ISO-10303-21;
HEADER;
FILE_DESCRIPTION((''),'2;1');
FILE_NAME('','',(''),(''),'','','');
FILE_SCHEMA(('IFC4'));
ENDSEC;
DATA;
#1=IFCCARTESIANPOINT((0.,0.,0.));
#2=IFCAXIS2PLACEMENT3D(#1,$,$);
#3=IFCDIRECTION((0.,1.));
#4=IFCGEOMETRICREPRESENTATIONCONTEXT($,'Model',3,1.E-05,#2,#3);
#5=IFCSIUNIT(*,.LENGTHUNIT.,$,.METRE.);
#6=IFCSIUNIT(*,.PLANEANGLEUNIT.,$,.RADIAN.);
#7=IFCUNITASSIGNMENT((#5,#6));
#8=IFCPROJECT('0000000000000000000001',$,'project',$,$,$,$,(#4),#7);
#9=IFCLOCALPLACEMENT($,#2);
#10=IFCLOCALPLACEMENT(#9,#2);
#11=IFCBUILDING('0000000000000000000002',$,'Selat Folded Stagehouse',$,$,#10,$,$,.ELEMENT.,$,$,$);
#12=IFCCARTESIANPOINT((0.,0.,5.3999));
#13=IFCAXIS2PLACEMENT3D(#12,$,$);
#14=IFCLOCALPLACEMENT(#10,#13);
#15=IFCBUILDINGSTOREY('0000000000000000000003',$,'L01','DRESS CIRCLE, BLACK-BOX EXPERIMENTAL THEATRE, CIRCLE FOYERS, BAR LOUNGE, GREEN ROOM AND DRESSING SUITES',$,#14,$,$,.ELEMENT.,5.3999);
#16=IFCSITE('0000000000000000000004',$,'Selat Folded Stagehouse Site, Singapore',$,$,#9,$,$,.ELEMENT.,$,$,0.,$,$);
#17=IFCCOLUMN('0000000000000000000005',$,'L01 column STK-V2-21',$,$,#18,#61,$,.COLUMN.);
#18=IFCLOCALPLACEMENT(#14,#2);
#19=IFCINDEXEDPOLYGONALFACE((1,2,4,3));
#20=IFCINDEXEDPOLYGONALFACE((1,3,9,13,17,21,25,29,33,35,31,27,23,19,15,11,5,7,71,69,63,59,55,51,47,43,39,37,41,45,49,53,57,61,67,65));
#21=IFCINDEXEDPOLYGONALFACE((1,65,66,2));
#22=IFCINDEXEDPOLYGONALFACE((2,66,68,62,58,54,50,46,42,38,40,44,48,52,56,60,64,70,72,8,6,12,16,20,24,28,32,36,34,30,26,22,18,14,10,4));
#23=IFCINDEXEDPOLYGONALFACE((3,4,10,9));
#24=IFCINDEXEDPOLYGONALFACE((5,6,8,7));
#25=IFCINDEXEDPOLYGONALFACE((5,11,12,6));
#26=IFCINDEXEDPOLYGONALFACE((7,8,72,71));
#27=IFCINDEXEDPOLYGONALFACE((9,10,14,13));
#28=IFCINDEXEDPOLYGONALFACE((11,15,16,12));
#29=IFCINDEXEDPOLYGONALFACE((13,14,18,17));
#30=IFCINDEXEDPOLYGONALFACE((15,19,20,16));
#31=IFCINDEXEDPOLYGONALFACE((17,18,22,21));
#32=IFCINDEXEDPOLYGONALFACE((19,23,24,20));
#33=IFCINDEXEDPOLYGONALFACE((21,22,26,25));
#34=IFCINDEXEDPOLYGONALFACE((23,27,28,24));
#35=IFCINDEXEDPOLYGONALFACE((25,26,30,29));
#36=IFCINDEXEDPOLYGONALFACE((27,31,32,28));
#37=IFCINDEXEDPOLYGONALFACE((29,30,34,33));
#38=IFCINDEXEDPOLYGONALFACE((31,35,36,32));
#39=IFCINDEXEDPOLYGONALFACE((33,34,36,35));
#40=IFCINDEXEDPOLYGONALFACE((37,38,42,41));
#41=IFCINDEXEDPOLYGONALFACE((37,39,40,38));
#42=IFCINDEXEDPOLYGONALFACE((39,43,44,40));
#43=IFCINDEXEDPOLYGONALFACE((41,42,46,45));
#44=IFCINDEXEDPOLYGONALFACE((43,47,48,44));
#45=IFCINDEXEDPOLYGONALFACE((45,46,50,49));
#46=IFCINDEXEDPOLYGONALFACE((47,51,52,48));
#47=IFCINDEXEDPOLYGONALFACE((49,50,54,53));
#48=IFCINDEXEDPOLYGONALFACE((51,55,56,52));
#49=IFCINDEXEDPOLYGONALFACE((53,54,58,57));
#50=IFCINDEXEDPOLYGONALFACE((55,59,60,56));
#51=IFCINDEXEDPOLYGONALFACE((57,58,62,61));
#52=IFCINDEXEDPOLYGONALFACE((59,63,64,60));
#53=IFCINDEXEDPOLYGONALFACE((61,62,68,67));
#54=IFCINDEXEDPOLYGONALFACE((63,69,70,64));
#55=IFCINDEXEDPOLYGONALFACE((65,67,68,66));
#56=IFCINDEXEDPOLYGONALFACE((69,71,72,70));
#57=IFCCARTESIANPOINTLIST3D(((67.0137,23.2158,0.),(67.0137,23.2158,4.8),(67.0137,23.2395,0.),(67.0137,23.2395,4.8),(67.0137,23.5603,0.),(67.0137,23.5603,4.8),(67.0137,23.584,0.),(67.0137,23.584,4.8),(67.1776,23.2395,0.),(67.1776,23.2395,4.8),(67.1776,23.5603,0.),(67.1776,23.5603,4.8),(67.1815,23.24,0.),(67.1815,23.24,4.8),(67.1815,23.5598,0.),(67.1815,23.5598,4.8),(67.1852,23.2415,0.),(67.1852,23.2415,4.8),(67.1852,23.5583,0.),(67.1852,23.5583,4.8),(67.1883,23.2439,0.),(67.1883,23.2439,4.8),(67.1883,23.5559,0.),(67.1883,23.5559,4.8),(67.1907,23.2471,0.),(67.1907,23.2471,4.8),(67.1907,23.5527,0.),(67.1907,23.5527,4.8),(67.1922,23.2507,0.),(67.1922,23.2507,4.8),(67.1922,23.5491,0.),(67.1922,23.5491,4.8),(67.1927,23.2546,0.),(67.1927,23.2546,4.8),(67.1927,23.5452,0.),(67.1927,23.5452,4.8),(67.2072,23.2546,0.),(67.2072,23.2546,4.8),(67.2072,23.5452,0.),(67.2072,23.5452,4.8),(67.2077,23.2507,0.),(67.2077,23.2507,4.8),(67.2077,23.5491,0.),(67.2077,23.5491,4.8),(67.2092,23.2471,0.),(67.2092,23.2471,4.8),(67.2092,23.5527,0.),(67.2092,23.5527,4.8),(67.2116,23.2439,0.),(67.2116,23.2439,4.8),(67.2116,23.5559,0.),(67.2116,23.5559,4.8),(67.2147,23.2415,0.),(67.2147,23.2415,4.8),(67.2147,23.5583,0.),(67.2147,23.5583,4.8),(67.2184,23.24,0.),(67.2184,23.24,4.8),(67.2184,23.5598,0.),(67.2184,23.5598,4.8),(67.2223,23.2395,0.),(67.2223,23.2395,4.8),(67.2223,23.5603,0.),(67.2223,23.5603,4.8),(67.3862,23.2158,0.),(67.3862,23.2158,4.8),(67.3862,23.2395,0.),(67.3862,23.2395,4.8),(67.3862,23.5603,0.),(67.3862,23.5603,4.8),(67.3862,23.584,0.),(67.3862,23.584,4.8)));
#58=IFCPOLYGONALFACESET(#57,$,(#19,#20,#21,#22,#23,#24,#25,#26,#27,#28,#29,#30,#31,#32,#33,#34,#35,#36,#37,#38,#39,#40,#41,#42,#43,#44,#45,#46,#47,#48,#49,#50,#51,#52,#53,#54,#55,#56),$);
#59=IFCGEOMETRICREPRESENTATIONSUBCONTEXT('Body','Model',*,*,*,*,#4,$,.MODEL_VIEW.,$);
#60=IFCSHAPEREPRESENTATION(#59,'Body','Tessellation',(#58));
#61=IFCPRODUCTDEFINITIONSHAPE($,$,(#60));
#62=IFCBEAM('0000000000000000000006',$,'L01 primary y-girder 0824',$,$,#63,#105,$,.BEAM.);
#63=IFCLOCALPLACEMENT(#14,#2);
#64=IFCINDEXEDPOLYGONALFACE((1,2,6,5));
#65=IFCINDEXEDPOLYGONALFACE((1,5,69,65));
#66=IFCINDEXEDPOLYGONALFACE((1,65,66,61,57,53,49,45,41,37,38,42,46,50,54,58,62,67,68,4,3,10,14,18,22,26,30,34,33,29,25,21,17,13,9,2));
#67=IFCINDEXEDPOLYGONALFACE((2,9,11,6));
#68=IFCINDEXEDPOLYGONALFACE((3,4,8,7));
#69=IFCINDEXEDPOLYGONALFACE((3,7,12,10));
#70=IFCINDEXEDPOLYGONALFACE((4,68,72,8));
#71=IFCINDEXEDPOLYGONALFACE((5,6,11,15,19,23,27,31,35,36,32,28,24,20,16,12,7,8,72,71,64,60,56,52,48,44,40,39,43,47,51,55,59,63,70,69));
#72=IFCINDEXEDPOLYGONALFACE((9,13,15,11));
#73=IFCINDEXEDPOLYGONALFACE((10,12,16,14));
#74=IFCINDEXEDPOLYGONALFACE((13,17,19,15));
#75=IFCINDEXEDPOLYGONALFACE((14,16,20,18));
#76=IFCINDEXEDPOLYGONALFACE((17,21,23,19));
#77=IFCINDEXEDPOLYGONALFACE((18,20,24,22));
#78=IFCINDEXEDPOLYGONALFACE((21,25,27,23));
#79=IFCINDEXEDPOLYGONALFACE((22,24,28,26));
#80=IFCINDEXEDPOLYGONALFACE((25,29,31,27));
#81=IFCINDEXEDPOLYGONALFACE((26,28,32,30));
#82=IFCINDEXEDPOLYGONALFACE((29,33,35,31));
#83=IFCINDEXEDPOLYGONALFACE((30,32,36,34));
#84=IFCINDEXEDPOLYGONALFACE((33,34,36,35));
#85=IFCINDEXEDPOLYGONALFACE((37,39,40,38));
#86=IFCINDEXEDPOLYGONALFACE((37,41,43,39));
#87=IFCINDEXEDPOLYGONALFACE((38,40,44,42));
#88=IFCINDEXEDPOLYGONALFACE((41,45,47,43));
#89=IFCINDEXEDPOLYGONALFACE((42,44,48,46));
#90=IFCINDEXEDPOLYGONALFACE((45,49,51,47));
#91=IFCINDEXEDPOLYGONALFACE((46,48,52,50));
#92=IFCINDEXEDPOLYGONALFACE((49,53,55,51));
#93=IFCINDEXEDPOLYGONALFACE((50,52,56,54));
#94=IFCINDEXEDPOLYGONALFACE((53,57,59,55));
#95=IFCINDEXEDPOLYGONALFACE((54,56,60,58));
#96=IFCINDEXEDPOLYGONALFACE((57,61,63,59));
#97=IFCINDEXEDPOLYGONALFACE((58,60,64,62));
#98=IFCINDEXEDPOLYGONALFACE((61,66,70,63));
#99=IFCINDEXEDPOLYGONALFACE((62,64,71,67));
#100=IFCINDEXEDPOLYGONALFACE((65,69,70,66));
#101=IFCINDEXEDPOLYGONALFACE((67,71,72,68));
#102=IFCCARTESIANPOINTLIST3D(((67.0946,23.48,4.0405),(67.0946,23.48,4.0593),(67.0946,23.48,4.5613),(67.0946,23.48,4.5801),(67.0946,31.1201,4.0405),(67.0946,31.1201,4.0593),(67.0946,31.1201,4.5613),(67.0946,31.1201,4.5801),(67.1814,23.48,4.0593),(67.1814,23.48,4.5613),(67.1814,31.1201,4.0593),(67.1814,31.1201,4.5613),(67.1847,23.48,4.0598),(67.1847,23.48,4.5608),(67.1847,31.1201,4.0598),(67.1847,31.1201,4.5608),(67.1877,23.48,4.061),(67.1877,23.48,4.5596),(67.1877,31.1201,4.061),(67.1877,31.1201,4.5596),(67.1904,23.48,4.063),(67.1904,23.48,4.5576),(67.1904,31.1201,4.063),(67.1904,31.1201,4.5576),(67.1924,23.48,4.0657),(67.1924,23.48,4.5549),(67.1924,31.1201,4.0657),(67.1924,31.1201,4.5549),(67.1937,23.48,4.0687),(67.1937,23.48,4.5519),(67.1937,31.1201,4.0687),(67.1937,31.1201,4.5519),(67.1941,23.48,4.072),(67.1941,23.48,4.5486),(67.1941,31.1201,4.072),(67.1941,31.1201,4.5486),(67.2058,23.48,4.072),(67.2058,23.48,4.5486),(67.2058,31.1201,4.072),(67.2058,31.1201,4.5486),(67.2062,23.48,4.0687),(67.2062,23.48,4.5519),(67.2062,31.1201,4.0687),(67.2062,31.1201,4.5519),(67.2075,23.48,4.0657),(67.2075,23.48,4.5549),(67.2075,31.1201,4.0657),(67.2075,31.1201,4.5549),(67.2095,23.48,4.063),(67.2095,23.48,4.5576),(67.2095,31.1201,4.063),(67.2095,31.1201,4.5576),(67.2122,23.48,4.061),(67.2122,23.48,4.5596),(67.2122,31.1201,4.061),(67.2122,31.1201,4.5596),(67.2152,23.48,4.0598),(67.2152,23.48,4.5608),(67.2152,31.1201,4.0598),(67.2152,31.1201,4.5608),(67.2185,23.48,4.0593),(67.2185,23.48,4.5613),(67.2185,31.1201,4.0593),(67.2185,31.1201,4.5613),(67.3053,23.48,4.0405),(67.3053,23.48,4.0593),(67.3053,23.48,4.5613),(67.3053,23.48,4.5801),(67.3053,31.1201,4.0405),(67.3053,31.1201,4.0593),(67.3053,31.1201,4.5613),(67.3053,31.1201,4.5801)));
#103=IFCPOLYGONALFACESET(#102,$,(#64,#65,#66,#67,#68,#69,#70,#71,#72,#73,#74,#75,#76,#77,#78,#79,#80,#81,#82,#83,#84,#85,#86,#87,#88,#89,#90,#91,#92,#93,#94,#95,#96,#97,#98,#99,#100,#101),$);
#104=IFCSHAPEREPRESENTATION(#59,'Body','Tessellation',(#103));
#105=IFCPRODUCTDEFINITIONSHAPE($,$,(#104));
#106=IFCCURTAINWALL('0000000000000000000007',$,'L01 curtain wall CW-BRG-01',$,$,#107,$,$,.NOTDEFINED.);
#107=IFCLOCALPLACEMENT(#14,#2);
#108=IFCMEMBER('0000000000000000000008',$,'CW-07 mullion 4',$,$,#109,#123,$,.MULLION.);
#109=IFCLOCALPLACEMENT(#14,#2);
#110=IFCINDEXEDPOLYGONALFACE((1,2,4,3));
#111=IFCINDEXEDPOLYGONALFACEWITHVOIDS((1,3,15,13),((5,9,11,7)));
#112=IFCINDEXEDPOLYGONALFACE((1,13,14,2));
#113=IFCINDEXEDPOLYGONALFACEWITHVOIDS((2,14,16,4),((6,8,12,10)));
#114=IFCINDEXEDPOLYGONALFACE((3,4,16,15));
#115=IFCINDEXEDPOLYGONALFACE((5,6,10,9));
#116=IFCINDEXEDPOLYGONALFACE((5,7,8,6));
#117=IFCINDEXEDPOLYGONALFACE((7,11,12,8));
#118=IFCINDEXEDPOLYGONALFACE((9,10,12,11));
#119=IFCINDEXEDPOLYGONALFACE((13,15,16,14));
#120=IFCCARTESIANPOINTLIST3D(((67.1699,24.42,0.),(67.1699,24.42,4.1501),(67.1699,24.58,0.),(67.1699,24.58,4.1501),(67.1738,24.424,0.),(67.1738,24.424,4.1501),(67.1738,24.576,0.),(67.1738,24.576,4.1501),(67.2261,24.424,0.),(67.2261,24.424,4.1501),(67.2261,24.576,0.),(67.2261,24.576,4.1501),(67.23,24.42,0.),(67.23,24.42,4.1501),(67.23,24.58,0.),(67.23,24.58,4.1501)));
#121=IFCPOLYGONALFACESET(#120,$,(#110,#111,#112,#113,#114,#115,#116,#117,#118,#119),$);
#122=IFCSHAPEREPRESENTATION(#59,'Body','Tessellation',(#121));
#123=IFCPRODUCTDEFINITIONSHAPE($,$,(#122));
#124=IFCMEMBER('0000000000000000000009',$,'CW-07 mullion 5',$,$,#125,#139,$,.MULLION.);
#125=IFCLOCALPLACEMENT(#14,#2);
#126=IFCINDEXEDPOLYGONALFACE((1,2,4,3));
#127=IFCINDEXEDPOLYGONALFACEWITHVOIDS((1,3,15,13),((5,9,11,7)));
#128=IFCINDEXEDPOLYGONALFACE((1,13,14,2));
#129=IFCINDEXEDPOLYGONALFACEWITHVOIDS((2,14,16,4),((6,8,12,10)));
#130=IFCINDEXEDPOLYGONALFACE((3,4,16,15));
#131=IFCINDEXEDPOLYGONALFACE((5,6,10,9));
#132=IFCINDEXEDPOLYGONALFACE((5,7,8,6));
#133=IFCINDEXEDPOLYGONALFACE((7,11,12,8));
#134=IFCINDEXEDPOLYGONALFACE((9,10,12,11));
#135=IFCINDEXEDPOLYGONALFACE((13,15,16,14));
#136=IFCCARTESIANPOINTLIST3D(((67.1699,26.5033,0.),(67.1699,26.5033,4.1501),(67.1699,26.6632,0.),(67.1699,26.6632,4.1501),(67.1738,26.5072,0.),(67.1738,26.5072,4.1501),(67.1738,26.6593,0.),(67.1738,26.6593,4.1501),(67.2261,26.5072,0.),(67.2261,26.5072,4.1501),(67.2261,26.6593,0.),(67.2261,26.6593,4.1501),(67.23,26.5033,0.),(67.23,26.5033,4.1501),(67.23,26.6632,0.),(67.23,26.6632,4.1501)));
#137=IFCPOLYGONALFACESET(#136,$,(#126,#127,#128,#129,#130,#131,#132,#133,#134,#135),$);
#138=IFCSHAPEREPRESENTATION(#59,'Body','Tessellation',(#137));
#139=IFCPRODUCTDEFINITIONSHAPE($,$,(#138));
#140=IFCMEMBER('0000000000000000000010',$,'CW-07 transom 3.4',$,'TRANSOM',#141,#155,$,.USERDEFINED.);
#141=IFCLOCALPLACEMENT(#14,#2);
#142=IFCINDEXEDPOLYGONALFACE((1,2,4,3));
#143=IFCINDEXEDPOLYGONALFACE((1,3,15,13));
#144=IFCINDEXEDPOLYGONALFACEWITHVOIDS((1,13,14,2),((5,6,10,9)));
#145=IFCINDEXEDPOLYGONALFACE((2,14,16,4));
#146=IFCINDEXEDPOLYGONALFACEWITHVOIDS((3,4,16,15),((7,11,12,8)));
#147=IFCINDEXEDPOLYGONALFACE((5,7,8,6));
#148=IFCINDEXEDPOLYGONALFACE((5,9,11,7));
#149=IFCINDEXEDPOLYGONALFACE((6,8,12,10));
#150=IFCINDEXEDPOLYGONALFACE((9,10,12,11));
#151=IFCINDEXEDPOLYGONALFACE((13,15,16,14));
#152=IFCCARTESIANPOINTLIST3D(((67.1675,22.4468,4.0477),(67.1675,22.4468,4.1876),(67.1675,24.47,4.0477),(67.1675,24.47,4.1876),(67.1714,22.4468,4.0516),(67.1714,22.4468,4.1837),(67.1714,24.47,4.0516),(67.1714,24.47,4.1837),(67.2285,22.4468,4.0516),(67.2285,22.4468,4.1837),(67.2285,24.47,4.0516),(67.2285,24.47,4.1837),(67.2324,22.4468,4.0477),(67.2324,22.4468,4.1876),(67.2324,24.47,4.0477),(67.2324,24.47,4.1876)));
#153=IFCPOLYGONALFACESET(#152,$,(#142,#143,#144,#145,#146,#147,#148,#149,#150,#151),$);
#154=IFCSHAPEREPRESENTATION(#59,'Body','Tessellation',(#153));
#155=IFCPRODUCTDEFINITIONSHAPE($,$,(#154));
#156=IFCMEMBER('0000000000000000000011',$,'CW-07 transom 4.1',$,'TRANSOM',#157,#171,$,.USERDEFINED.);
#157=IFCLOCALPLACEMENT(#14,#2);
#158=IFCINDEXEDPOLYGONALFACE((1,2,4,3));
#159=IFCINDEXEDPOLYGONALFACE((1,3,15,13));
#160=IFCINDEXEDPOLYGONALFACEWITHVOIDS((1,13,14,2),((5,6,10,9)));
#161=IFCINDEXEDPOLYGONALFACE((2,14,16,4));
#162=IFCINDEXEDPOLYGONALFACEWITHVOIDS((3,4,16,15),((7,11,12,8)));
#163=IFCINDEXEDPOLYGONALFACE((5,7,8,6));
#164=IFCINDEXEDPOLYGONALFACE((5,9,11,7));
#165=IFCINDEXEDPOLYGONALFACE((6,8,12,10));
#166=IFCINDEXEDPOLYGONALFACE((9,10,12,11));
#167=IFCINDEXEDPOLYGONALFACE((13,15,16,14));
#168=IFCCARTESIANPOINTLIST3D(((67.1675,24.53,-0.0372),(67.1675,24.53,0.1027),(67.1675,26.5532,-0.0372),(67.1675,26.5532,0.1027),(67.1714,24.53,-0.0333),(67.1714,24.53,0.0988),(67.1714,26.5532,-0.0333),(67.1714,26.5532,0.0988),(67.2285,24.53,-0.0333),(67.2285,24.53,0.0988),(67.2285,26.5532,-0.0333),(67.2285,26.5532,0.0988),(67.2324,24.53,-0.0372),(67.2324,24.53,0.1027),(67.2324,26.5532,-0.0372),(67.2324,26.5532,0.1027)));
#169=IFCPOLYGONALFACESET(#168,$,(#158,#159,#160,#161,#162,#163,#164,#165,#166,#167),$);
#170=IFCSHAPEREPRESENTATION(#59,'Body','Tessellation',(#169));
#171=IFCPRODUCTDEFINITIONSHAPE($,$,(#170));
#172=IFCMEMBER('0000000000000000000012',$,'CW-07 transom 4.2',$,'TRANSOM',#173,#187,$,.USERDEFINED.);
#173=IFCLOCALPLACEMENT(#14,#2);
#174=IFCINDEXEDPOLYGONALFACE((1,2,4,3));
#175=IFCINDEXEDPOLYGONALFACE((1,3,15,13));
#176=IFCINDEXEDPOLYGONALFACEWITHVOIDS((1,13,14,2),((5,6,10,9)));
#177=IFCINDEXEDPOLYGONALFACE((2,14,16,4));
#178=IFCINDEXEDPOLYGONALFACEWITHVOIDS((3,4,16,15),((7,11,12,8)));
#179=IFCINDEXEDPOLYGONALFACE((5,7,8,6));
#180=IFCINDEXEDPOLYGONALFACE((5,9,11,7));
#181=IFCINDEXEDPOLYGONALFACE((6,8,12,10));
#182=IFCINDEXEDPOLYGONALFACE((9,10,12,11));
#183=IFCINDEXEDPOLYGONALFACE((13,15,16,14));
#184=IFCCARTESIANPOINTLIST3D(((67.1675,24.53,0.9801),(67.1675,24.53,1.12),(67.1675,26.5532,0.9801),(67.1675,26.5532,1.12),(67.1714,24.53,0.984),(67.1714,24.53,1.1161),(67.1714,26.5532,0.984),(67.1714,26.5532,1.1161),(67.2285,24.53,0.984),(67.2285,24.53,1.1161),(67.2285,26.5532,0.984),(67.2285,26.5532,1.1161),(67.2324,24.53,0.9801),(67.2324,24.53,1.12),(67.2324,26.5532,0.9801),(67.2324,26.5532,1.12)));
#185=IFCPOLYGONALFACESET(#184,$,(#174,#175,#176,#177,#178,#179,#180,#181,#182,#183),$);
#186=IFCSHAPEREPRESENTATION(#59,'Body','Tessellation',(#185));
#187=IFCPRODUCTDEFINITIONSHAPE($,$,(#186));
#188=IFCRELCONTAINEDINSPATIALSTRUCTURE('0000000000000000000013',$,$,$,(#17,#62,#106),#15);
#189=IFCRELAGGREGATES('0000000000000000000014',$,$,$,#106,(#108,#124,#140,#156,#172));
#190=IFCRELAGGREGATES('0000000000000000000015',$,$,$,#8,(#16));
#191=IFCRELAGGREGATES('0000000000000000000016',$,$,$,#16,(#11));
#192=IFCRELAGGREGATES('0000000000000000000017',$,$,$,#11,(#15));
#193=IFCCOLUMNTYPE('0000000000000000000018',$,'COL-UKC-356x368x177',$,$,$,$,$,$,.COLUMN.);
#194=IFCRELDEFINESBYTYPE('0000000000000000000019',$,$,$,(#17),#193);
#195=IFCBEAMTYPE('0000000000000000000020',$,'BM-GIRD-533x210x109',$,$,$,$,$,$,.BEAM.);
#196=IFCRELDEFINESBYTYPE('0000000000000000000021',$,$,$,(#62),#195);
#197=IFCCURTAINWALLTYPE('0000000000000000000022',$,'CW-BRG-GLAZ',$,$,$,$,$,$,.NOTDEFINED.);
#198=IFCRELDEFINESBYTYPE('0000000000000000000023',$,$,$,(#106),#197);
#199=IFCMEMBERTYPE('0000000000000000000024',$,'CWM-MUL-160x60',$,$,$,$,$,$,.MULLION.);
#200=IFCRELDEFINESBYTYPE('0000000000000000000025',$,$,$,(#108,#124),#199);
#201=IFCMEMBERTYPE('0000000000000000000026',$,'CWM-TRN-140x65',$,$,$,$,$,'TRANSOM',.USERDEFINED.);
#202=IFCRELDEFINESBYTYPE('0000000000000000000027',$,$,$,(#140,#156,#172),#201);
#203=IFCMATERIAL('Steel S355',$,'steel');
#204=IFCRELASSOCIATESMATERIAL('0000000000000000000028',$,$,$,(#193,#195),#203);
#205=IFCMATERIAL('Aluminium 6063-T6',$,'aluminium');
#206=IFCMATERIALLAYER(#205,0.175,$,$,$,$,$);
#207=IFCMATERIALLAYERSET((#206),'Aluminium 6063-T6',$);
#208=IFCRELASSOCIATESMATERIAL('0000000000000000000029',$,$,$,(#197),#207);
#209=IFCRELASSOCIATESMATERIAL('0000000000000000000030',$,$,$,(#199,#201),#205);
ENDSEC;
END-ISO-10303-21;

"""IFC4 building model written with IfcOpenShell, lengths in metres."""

from ifc_helpers import new_model, si_unit, direction, frame, origin, origin_2d, place, context, subcontext, project, spatial, hollow_rectangle, i_section, extrude, material, layer, layer_set, material_profile, profile_set, type_object, element, aggregate, save


model = new_model("IFC4")

# Units and contexts
model_context = context("Model", 3, precision=1e-05, world=origin(), true_north=direction((0.0, 1.0)))
body_context = subcontext(model_context, "Body", "Model", "MODEL_VIEW")
ifc_project = project(units=[si_unit("LENGTHUNIT", "METRE"), si_unit("PLANEANGLEUNIT", "RADIAN")], contexts=[model_context])

# Site, building, storey
site_placement = place(None, origin())
site = spatial("IfcSite", under=ifc_project, at=site_placement, Name="Selat Folded Stagehouse Site, Singapore", CompositionType="ELEMENT", RefElevation=0.0)
building_placement = place(site_placement, origin())
building = spatial("IfcBuilding", under=site, at=building_placement, Name="Selat Folded Stagehouse", CompositionType="ELEMENT")
storey_placement = place(building_placement, frame((0.0, 0.0, 5.3999)))
storey = spatial("IfcBuildingStorey", under=building, at=storey_placement, Name="L01", Description="DRESS CIRCLE, BLACK-BOX EXPERIMENTAL THEATRE, CIRCLE FOYERS, BAR LOUNGE, GREEN ROOM AND DRESSING SUITES", CompositionType="ELEMENT", Elevation=5.3999)

# Column
ifc_material_1 = material(Name="Steel S355", Category="steel")
ifc_material_profile_1 = material_profile(ifc_material_1, i_section(OverallWidth=0.3726, OverallDepth=0.3682, WebThickness=0.0144, FlangeThickness=0.0237, FilletRadius=0.0151, at=origin_2d()), Name="UKC 356x368x177")
ifc_profile_set_1 = profile_set([ifc_material_profile_1], Name="Steel S355")
column_type = type_object("IfcColumnType", Name="COL-UKC-356x368x177", PredefinedType="COLUMN", material=ifc_profile_set_1)
column_placement = place(storey_placement, frame((67.2, 23.3999, 0.0), z_axis=(0.0, 0.0, 1.0), x_axis=(1.0, 0.0, 0.0)))
element("IfcColumn", 1, at=column_placement, inside=storey, type_object=column_type, Name="L01 column STK-V2-21", PredefinedType="COLUMN", context=body_context, shape_type="SweptSolid", body=[
    extrude(i_section(OverallWidth=0.3726, OverallDepth=0.3682, WebThickness=0.0144, FlangeThickness=0.0237, FilletRadius=0.0151, at=origin_2d()), origin(), (0.0, 0.0, 1.0), 4.8),
])

# Beam
ifc_material_profile_2 = material_profile(ifc_material_1, i_section(OverallWidth=0.2107, OverallDepth=0.5396, WebThickness=0.0117, FlangeThickness=0.0188, FilletRadius=0.0127, at=origin_2d()), Name="UKB 533x210x109")
ifc_profile_set_2 = profile_set([ifc_material_profile_2], Name="Steel S355")
beam_type = type_object("IfcBeamType", Name="BM-GIRD-533x210x109", PredefinedType="BEAM", material=ifc_profile_set_2)
beam_placement = place(storey_placement, frame((67.2, 23.48, 4.3103), z_axis=(0.0, 1.0, 0.0), x_axis=(-1.0, 0.0, 0.0)))
element("IfcBeam", 2, at=beam_placement, inside=storey, type_object=beam_type, Name="L01 primary y-girder 0824", PredefinedType="BEAM", context=body_context, shape_type="SweptSolid", body=[
    extrude(i_section(OverallWidth=0.2107, OverallDepth=0.5396, WebThickness=0.0117, FlangeThickness=0.0188, FilletRadius=0.0127, at=origin_2d()), origin(), (0.0, 0.0, 1.0), 7.6401),
])

# Curtain wall, members
ifc_material_2 = material(Name="Aluminium 6063-T6", Category="aluminium")
ifc_layer_1 = layer(ifc_material_2, 0.175)
ifc_layer_set_1 = layer_set([ifc_layer_1], Name="Aluminium 6063-T6")
curtain_wall_type = type_object("IfcCurtainWallType", Name="CW-BRG-GLAZ", PredefinedType="NOTDEFINED", material=ifc_layer_set_1)
curtain_wall_placement = place(storey_placement, origin())
curtain_wall = element("IfcCurtainWall", 3, at=curtain_wall_placement, inside=storey, type_object=curtain_wall_type, Name="L01 curtain wall CW-BRG-01", PredefinedType="NOTDEFINED")
ifc_material_profile_3 = material_profile(ifc_material_2, hollow_rectangle(XDim=0.0601, YDim=0.1599, WallThickness=0.0039, at=origin_2d()), Name="ALU 160x60x4.0")
ifc_profile_set_3 = profile_set([ifc_material_profile_3], Name="Aluminium 6063-T6")
member_type_1 = type_object("IfcMemberType", Name="CWM-MUL-160x60", PredefinedType="MULLION", material=ifc_profile_set_3)
member_1_placement = place(storey_placement, frame((67.2, 24.5, 0.0), z_axis=(0.0, 0.0, 1.0), x_axis=(-1.0, 0.0, 0.0)))
member_1 = element("IfcMember", 4, at=member_1_placement, type_object=member_type_1, Name="CW-07 mullion 4", PredefinedType="MULLION", context=body_context, shape_type="SweptSolid", body=[
    extrude(hollow_rectangle(XDim=0.0601, YDim=0.1599, WallThickness=0.0039, at=origin_2d()), origin(), (0.0, 0.0, 1.0), 4.1501),
])
member_2_placement = place(storey_placement, frame((67.2, 26.5833, 0.0), z_axis=(0.0, 0.0, 1.0), x_axis=(-1.0, 0.0, 0.0)))
member_2 = element("IfcMember", 5, at=member_2_placement, type_object=member_type_1, Name="CW-07 mullion 5", PredefinedType="MULLION", context=body_context, shape_type="SweptSolid", body=[
    extrude(hollow_rectangle(XDim=0.0601, YDim=0.1599, WallThickness=0.0039, at=origin_2d()), origin(), (0.0, 0.0, 1.0), 4.1501),
])
ifc_material_profile_4 = material_profile(ifc_material_2, hollow_rectangle(XDim=0.0649, YDim=0.1399, WallThickness=0.0039, at=origin_2d()), Name="ALU 140x65x4.0")
ifc_profile_set_4 = profile_set([ifc_material_profile_4], Name="Aluminium 6063-T6")
member_type_2 = type_object("IfcMemberType", Name="CWM-TRN-140x65", ElementType="TRANSOM", PredefinedType="USERDEFINED", material=ifc_profile_set_4)
member_3_placement = place(storey_placement, frame((67.2, 22.4468, 4.1177), z_axis=(0.0, 1.0, 0.0), x_axis=(-1.0, 0.0, 0.0)))
member_3 = element("IfcMember", 6, at=member_3_placement, type_object=member_type_2, Name="CW-07 transom 3.4", ObjectType="TRANSOM", PredefinedType="USERDEFINED", context=body_context, shape_type="SweptSolid", body=[
    extrude(hollow_rectangle(XDim=0.0649, YDim=0.1399, WallThickness=0.0039, at=origin_2d()), origin(), (0.0, 0.0, 1.0), 2.0232),
])
member_4_placement = place(storey_placement, frame((67.2, 24.53, 0.0327), z_axis=(0.0, 1.0, 0.0), x_axis=(-1.0, 0.0, 0.0)))
member_4 = element("IfcMember", 7, at=member_4_placement, type_object=member_type_2, Name="CW-07 transom 4.1", ObjectType="TRANSOM", PredefinedType="USERDEFINED", context=body_context, shape_type="SweptSolid", body=[
    extrude(hollow_rectangle(XDim=0.0649, YDim=0.1399, WallThickness=0.0039, at=origin_2d()), origin(), (0.0, 0.0, 1.0), 2.0232),
])
member_5_placement = place(storey_placement, frame((67.2, 24.53, 1.05), z_axis=(0.0, 1.0, 0.0), x_axis=(-1.0, 0.0, 0.0)))
member_5 = element("IfcMember", 8, at=member_5_placement, type_object=member_type_2, Name="CW-07 transom 4.2", ObjectType="TRANSOM", PredefinedType="USERDEFINED", context=body_context, shape_type="SweptSolid", body=[
    extrude(hollow_rectangle(XDim=0.0649, YDim=0.1399, WallThickness=0.0039, at=origin_2d()), origin(), (0.0, 0.0, 1.0), 2.0232),
])
aggregate(curtain_wall, [member_1, member_2, member_3, member_4, member_5])

save(model, "model.ifc")
